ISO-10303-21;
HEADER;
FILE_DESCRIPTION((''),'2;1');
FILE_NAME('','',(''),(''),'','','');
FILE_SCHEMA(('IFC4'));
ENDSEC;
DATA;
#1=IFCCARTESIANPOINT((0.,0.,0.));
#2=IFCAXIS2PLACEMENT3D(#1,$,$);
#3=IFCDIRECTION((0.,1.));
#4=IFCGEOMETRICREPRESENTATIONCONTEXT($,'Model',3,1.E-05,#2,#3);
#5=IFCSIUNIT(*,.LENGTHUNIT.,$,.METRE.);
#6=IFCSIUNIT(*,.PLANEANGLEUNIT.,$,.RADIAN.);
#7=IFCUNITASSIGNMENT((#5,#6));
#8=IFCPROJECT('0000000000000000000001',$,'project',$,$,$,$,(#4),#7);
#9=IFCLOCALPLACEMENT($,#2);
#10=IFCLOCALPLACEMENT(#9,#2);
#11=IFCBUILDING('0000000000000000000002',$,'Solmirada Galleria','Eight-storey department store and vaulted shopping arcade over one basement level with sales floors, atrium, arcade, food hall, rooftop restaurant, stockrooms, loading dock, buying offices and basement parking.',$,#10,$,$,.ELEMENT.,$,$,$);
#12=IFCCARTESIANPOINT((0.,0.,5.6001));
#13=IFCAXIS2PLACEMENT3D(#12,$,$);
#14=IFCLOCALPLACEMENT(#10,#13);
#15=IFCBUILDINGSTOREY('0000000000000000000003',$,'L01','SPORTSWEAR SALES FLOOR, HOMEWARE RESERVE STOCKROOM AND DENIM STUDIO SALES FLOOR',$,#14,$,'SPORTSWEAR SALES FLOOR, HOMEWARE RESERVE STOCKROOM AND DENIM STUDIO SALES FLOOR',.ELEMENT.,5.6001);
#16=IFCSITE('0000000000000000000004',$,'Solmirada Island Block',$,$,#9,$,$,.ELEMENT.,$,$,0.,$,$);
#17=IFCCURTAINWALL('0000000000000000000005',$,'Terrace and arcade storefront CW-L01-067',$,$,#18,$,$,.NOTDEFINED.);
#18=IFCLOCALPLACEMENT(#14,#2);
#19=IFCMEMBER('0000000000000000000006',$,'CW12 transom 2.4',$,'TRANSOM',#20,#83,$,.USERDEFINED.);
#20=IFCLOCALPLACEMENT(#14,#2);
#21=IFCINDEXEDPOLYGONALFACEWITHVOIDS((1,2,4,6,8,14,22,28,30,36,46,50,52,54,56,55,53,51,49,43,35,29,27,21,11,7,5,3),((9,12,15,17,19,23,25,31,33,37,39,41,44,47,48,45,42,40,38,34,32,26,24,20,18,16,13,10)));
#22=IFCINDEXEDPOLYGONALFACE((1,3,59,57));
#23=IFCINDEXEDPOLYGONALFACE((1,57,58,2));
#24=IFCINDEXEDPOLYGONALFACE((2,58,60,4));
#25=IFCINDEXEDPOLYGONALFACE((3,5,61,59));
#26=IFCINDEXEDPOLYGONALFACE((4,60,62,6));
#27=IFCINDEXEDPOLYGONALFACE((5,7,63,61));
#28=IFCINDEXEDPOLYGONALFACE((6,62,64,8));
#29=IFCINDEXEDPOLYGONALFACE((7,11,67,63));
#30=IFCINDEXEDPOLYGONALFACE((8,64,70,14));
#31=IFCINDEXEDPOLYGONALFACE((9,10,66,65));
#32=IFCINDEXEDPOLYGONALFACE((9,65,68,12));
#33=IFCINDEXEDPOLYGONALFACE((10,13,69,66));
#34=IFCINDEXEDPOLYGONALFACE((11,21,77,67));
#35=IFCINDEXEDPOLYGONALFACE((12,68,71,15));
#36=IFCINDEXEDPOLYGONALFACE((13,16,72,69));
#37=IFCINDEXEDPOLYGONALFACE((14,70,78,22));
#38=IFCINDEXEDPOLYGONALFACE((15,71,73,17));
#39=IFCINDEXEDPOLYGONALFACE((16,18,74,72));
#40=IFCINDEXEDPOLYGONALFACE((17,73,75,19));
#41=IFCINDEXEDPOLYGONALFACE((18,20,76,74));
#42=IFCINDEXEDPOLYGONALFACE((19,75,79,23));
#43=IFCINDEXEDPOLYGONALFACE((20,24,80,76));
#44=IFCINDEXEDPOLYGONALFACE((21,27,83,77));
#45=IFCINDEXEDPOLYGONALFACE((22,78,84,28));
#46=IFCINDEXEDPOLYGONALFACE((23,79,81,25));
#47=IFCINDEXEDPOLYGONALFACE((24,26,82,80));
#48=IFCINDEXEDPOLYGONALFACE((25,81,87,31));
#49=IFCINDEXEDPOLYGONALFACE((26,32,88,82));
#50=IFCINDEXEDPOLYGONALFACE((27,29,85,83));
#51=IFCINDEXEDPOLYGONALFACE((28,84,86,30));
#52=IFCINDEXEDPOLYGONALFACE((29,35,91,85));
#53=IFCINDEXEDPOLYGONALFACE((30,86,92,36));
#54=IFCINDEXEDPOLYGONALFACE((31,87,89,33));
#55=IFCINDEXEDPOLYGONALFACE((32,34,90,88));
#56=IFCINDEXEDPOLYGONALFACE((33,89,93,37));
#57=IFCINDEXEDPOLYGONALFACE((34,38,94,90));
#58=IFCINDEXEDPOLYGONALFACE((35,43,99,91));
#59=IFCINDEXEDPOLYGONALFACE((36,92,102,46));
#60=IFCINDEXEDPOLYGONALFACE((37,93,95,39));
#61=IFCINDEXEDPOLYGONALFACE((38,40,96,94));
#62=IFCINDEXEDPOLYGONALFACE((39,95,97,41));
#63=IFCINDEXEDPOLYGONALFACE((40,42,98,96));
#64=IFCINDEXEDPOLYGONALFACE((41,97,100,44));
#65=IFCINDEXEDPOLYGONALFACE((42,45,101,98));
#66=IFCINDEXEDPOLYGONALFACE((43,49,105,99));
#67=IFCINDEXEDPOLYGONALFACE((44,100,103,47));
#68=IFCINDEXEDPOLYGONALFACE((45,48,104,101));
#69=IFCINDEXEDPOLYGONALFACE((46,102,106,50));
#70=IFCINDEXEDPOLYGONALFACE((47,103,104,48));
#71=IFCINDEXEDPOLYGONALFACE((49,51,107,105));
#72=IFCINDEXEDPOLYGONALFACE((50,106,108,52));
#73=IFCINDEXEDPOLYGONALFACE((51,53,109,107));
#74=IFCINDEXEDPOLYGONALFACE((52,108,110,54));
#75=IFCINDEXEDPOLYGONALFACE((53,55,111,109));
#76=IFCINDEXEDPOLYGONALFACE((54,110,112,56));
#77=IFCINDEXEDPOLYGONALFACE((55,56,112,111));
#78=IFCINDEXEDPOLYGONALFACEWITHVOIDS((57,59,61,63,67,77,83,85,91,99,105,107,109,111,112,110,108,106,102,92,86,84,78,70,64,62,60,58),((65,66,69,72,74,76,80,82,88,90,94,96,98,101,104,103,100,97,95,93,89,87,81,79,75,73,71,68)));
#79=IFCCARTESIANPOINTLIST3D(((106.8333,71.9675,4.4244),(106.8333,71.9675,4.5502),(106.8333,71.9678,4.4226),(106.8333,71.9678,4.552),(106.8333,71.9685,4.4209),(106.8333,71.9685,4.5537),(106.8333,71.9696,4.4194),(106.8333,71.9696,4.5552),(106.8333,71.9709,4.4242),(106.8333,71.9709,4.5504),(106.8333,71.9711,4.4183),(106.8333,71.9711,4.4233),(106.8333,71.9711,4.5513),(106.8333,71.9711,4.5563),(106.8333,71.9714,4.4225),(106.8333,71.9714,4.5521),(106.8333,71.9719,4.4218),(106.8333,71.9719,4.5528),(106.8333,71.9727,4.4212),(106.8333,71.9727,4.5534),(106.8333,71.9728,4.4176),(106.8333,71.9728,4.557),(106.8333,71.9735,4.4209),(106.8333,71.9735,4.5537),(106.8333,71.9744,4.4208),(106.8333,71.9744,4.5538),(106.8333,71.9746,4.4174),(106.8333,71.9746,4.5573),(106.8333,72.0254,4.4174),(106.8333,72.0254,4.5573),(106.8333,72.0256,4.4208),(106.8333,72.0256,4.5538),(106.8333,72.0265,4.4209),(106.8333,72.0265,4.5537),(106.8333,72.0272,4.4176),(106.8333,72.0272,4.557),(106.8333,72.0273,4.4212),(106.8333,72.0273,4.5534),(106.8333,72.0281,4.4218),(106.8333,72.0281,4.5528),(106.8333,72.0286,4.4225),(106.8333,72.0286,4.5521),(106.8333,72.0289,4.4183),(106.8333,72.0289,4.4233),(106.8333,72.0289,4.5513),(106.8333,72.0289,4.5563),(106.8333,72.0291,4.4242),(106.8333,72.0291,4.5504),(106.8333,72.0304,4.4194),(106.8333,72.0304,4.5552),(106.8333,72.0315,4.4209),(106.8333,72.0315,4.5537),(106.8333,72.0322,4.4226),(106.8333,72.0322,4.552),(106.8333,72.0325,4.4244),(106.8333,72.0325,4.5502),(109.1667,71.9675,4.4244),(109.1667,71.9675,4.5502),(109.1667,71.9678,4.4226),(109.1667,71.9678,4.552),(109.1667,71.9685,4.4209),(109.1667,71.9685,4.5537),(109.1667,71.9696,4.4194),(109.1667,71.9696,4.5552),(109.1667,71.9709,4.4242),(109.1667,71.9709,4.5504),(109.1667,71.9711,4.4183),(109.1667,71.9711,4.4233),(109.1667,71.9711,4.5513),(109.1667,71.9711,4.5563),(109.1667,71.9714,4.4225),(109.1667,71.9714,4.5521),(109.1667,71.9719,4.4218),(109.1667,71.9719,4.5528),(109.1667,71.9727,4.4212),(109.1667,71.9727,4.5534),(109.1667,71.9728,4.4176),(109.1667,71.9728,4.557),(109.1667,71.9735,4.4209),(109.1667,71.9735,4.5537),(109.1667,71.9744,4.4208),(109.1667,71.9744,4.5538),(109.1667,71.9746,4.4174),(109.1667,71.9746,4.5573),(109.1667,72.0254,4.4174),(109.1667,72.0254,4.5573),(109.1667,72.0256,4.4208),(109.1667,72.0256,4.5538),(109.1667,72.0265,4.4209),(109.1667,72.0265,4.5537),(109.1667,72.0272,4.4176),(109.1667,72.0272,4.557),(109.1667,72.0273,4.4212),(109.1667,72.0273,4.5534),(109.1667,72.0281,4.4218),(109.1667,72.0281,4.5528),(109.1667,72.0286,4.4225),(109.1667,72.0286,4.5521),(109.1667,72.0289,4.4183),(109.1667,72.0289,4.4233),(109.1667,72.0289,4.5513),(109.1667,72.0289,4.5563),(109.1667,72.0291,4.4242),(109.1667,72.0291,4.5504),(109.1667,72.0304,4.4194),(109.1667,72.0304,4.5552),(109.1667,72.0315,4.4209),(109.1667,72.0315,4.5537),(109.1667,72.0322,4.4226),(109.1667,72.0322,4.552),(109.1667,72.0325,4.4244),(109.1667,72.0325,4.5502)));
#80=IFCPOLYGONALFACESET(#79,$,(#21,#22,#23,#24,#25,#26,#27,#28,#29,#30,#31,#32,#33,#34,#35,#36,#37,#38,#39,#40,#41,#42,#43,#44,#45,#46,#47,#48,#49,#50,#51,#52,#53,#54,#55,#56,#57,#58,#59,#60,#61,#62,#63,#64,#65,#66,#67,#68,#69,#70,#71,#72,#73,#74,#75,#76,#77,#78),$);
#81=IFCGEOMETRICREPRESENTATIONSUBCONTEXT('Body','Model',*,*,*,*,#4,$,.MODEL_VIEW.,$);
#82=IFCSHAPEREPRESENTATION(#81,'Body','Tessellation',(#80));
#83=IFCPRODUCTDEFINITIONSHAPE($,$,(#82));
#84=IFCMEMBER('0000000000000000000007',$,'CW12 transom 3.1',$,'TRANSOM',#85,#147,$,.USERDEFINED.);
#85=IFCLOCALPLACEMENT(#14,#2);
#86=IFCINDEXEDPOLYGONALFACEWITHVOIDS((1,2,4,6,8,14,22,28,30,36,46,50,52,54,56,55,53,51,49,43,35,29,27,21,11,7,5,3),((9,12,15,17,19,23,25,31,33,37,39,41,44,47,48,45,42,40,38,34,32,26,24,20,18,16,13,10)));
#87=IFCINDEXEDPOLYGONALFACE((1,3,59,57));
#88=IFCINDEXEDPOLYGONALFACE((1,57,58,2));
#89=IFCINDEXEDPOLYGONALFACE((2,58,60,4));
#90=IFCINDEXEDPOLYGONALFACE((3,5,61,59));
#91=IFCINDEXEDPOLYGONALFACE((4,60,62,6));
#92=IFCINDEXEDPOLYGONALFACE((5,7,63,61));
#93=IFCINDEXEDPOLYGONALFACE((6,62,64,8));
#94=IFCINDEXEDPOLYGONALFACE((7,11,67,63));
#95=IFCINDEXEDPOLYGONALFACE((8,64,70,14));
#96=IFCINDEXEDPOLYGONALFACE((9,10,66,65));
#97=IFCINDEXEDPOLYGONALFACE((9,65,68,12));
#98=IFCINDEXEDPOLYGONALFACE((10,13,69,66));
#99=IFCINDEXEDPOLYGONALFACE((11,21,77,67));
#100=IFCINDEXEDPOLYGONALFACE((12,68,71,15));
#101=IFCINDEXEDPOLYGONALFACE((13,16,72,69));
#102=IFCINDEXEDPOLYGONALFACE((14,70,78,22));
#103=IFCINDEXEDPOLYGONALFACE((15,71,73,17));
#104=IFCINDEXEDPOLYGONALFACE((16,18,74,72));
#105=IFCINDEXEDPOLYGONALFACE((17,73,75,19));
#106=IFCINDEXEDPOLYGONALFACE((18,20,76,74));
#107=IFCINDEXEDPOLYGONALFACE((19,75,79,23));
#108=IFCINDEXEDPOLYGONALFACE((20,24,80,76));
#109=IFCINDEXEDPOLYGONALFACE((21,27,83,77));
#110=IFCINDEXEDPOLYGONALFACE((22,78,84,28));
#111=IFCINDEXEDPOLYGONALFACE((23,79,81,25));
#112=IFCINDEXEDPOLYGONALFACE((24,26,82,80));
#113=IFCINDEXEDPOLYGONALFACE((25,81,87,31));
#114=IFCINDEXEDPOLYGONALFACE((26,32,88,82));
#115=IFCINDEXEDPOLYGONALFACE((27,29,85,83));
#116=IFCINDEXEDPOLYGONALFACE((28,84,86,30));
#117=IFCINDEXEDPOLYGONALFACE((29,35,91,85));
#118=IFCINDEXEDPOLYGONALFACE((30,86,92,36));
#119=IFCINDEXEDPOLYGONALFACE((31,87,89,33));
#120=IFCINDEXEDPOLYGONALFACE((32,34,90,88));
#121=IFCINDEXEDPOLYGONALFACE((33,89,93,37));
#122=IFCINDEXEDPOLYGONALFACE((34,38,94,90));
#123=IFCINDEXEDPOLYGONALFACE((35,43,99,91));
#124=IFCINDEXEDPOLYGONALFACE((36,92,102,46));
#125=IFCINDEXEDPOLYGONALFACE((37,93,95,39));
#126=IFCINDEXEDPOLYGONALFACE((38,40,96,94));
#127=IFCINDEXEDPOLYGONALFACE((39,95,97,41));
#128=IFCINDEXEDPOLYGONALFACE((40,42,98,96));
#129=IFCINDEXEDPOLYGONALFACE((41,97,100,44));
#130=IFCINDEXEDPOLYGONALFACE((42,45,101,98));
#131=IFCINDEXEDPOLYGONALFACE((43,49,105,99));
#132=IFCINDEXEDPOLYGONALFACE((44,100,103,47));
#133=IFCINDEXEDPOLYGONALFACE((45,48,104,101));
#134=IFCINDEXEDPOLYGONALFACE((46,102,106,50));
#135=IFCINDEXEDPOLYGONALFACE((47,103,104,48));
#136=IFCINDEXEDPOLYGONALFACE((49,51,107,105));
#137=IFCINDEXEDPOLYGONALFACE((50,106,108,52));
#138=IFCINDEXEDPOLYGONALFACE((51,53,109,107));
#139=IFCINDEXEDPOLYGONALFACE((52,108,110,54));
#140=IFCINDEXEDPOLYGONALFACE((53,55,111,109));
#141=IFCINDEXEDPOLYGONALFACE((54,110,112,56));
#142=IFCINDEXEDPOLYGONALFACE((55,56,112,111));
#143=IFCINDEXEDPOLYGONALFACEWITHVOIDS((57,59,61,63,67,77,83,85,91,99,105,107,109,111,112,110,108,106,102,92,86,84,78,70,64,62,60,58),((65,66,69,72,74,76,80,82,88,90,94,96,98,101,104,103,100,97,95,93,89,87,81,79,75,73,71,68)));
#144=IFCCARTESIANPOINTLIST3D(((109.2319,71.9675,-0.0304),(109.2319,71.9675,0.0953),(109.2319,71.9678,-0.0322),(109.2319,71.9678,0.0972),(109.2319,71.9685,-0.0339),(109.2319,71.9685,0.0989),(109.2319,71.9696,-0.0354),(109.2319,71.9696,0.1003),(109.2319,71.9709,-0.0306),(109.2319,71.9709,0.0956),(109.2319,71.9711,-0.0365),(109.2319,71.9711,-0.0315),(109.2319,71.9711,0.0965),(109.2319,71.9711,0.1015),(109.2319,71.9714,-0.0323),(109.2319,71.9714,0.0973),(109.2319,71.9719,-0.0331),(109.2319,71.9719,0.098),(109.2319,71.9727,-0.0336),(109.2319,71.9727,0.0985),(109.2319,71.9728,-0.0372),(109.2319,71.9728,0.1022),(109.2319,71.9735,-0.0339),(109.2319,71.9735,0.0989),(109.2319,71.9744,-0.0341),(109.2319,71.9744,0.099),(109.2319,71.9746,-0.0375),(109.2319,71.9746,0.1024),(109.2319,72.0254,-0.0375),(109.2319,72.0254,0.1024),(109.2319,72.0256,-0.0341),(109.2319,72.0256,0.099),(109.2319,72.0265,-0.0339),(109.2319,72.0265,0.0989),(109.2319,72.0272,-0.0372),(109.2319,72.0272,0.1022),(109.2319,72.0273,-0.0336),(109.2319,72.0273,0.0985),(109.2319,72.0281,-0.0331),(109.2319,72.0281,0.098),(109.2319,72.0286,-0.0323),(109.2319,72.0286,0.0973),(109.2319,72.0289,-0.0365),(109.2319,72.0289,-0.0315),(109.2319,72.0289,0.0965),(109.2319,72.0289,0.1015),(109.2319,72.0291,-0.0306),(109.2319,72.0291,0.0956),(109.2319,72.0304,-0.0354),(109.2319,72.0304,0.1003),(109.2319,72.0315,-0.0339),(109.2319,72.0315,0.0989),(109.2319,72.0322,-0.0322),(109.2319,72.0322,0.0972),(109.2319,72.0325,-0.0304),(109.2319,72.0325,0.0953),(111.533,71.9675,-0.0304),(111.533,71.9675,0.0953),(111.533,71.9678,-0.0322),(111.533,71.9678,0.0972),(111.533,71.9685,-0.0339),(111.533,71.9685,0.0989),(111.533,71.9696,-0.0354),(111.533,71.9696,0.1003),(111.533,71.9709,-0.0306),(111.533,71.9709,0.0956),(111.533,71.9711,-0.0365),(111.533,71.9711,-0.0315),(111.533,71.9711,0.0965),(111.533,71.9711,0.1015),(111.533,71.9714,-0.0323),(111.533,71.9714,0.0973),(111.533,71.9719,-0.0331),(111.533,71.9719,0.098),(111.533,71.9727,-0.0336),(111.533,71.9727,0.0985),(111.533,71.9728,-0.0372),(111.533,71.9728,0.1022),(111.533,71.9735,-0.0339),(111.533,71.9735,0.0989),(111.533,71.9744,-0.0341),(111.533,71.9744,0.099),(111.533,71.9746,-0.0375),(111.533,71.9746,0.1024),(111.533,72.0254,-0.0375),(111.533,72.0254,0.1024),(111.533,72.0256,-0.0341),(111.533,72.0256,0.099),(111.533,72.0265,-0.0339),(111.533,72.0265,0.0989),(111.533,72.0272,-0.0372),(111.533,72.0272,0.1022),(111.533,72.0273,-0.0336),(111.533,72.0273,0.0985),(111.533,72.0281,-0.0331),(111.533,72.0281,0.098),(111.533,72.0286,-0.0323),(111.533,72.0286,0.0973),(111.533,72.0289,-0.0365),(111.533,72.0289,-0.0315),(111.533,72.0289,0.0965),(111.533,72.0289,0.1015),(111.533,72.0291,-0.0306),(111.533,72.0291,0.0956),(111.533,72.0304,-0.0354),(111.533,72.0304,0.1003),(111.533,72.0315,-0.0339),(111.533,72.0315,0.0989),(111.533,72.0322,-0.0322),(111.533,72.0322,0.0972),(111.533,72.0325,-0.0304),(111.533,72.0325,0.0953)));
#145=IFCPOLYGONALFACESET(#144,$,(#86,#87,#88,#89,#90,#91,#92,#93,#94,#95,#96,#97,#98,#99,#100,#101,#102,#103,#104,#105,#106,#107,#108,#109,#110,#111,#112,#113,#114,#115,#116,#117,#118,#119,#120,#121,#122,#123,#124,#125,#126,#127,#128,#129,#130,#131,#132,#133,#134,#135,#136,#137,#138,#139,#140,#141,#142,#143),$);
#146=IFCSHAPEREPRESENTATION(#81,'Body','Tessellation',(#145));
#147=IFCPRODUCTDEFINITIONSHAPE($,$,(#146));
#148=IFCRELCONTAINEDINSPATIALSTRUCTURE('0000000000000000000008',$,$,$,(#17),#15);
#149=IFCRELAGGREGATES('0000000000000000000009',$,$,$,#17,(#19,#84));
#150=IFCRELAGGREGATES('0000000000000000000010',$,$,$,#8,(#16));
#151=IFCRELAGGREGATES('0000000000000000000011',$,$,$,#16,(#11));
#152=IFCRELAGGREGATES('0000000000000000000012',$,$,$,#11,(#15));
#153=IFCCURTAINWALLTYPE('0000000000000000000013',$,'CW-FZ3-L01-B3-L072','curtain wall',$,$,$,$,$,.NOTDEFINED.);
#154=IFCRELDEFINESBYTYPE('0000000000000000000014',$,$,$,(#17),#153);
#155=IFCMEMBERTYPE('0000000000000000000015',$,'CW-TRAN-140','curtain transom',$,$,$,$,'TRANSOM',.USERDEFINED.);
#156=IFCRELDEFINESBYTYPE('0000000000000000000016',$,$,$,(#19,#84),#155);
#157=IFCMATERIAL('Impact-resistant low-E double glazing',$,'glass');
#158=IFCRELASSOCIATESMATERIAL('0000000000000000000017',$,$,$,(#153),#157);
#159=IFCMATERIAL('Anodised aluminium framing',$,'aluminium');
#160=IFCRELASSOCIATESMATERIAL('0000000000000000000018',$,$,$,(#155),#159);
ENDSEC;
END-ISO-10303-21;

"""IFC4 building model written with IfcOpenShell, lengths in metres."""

from ifc_helpers import new_model, si_unit, direction, frame, origin, origin_2d, place, context, subcontext, project, spatial, hollow_rectangle, extrude, material, material_profile, profile_set, type_object, element, aggregate, save


model = new_model("IFC4")

# Units and contexts
model_context = context("Model", 3, precision=1e-05, world=origin(), true_north=direction((0.0, 1.0)))
body_context = subcontext(model_context, "Body", "Model", "MODEL_VIEW")
ifc_project = project(units=[si_unit("LENGTHUNIT", "METRE"), si_unit("PLANEANGLEUNIT", "RADIAN")], contexts=[model_context])

# Site, building, storey
site_placement = place(None, origin())
site = spatial("IfcSite", under=ifc_project, at=site_placement, Name="Solmirada Island Block", CompositionType="ELEMENT", RefElevation=0.0)
building_placement = place(site_placement, origin())
building = spatial("IfcBuilding", under=site, at=building_placement, Name="Solmirada Galleria", Description="Eight-storey department store and vaulted shopping arcade over one basement level with sales floors, atrium, arcade, food hall, rooftop restaurant, stockrooms, loading dock, buying offices and basement parking.", CompositionType="ELEMENT")
storey_placement = place(building_placement, frame((0.0, 0.0, 5.6001)))
storey = spatial("IfcBuildingStorey", under=building, at=storey_placement, Name="L01", Description="SPORTSWEAR SALES FLOOR, HOMEWARE RESERVE STOCKROOM AND DENIM STUDIO SALES FLOOR", LongName="SPORTSWEAR SALES FLOOR, HOMEWARE RESERVE STOCKROOM AND DENIM STUDIO SALES FLOOR", CompositionType="ELEMENT", Elevation=5.6001)

# Curtain wall, members
ifc_material_1 = material(Name="Impact-resistant low-E double glazing", Category="glass")
curtain_wall_type = type_object("IfcCurtainWallType", Name="CW-FZ3-L01-B3-L072", Description="curtain wall", PredefinedType="NOTDEFINED", material=ifc_material_1)
curtain_wall_1_placement = place(storey_placement, origin())
curtain_wall_1 = element("IfcCurtainWall", 1, at=curtain_wall_1_placement, inside=storey, type_object=curtain_wall_type, Name="Terrace and arcade storefront CW-L01-067", PredefinedType="NOTDEFINED")
ifc_material_2 = material(Name="Anodised aluminium framing", Category="aluminium")
ifc_material_profile_1 = material_profile(ifc_material_2, hollow_rectangle(XDim=0.0649, YDim=0.1399, WallThickness=0.0034, InnerFilletRadius=0.0034, OuterFilletRadius=0.0071, at=origin_2d()), Name="ALU-TRAN-140X65")
ifc_profile_set_1 = profile_set([ifc_material_profile_1], Name="Anodised aluminium framing")
member_type_1 = type_object("IfcMemberType", Name="CW-TRAN-140", Description="curtain transom", ElementType="TRANSOM", PredefinedType="USERDEFINED", material=ifc_profile_set_1)
member_1_placement = place(storey_placement, frame((106.8333, 72.0, 4.4873), z_axis=(1.0, 0.0, 0.0), x_axis=(0.0, 1.0, 0.0)))
member_1 = element("IfcMember", 2, at=member_1_placement, type_object=member_type_1, Name="CW12 transom 2.4", ObjectType="TRANSOM", PredefinedType="USERDEFINED", context=body_context, shape_type="SweptSolid", body=[
    extrude(hollow_rectangle(XDim=0.0649, YDim=0.1399, WallThickness=0.0034, InnerFilletRadius=0.0034, OuterFilletRadius=0.0071, at=origin_2d()), origin(), (0.0, 0.0, 1.0), 2.3335),
])
member_2_placement = place(storey_placement, frame((109.2319, 72.0, 0.0325), z_axis=(1.0, 0.0, 0.0), x_axis=(0.0, 1.0, 0.0)))
member_2 = element("IfcMember", 3, at=member_2_placement, type_object=member_type_1, Name="CW12 transom 3.1", ObjectType="TRANSOM", PredefinedType="USERDEFINED", context=body_context, shape_type="SweptSolid", body=[
    extrude(hollow_rectangle(XDim=0.0649, YDim=0.1399, WallThickness=0.0034, InnerFilletRadius=0.0034, OuterFilletRadius=0.0071, at=origin_2d()), origin(), (0.0, 0.0, 1.0), 2.301),
])

aggregate(curtain_wall_1, [member_1, member_2])

save(model, "model.ifc")
